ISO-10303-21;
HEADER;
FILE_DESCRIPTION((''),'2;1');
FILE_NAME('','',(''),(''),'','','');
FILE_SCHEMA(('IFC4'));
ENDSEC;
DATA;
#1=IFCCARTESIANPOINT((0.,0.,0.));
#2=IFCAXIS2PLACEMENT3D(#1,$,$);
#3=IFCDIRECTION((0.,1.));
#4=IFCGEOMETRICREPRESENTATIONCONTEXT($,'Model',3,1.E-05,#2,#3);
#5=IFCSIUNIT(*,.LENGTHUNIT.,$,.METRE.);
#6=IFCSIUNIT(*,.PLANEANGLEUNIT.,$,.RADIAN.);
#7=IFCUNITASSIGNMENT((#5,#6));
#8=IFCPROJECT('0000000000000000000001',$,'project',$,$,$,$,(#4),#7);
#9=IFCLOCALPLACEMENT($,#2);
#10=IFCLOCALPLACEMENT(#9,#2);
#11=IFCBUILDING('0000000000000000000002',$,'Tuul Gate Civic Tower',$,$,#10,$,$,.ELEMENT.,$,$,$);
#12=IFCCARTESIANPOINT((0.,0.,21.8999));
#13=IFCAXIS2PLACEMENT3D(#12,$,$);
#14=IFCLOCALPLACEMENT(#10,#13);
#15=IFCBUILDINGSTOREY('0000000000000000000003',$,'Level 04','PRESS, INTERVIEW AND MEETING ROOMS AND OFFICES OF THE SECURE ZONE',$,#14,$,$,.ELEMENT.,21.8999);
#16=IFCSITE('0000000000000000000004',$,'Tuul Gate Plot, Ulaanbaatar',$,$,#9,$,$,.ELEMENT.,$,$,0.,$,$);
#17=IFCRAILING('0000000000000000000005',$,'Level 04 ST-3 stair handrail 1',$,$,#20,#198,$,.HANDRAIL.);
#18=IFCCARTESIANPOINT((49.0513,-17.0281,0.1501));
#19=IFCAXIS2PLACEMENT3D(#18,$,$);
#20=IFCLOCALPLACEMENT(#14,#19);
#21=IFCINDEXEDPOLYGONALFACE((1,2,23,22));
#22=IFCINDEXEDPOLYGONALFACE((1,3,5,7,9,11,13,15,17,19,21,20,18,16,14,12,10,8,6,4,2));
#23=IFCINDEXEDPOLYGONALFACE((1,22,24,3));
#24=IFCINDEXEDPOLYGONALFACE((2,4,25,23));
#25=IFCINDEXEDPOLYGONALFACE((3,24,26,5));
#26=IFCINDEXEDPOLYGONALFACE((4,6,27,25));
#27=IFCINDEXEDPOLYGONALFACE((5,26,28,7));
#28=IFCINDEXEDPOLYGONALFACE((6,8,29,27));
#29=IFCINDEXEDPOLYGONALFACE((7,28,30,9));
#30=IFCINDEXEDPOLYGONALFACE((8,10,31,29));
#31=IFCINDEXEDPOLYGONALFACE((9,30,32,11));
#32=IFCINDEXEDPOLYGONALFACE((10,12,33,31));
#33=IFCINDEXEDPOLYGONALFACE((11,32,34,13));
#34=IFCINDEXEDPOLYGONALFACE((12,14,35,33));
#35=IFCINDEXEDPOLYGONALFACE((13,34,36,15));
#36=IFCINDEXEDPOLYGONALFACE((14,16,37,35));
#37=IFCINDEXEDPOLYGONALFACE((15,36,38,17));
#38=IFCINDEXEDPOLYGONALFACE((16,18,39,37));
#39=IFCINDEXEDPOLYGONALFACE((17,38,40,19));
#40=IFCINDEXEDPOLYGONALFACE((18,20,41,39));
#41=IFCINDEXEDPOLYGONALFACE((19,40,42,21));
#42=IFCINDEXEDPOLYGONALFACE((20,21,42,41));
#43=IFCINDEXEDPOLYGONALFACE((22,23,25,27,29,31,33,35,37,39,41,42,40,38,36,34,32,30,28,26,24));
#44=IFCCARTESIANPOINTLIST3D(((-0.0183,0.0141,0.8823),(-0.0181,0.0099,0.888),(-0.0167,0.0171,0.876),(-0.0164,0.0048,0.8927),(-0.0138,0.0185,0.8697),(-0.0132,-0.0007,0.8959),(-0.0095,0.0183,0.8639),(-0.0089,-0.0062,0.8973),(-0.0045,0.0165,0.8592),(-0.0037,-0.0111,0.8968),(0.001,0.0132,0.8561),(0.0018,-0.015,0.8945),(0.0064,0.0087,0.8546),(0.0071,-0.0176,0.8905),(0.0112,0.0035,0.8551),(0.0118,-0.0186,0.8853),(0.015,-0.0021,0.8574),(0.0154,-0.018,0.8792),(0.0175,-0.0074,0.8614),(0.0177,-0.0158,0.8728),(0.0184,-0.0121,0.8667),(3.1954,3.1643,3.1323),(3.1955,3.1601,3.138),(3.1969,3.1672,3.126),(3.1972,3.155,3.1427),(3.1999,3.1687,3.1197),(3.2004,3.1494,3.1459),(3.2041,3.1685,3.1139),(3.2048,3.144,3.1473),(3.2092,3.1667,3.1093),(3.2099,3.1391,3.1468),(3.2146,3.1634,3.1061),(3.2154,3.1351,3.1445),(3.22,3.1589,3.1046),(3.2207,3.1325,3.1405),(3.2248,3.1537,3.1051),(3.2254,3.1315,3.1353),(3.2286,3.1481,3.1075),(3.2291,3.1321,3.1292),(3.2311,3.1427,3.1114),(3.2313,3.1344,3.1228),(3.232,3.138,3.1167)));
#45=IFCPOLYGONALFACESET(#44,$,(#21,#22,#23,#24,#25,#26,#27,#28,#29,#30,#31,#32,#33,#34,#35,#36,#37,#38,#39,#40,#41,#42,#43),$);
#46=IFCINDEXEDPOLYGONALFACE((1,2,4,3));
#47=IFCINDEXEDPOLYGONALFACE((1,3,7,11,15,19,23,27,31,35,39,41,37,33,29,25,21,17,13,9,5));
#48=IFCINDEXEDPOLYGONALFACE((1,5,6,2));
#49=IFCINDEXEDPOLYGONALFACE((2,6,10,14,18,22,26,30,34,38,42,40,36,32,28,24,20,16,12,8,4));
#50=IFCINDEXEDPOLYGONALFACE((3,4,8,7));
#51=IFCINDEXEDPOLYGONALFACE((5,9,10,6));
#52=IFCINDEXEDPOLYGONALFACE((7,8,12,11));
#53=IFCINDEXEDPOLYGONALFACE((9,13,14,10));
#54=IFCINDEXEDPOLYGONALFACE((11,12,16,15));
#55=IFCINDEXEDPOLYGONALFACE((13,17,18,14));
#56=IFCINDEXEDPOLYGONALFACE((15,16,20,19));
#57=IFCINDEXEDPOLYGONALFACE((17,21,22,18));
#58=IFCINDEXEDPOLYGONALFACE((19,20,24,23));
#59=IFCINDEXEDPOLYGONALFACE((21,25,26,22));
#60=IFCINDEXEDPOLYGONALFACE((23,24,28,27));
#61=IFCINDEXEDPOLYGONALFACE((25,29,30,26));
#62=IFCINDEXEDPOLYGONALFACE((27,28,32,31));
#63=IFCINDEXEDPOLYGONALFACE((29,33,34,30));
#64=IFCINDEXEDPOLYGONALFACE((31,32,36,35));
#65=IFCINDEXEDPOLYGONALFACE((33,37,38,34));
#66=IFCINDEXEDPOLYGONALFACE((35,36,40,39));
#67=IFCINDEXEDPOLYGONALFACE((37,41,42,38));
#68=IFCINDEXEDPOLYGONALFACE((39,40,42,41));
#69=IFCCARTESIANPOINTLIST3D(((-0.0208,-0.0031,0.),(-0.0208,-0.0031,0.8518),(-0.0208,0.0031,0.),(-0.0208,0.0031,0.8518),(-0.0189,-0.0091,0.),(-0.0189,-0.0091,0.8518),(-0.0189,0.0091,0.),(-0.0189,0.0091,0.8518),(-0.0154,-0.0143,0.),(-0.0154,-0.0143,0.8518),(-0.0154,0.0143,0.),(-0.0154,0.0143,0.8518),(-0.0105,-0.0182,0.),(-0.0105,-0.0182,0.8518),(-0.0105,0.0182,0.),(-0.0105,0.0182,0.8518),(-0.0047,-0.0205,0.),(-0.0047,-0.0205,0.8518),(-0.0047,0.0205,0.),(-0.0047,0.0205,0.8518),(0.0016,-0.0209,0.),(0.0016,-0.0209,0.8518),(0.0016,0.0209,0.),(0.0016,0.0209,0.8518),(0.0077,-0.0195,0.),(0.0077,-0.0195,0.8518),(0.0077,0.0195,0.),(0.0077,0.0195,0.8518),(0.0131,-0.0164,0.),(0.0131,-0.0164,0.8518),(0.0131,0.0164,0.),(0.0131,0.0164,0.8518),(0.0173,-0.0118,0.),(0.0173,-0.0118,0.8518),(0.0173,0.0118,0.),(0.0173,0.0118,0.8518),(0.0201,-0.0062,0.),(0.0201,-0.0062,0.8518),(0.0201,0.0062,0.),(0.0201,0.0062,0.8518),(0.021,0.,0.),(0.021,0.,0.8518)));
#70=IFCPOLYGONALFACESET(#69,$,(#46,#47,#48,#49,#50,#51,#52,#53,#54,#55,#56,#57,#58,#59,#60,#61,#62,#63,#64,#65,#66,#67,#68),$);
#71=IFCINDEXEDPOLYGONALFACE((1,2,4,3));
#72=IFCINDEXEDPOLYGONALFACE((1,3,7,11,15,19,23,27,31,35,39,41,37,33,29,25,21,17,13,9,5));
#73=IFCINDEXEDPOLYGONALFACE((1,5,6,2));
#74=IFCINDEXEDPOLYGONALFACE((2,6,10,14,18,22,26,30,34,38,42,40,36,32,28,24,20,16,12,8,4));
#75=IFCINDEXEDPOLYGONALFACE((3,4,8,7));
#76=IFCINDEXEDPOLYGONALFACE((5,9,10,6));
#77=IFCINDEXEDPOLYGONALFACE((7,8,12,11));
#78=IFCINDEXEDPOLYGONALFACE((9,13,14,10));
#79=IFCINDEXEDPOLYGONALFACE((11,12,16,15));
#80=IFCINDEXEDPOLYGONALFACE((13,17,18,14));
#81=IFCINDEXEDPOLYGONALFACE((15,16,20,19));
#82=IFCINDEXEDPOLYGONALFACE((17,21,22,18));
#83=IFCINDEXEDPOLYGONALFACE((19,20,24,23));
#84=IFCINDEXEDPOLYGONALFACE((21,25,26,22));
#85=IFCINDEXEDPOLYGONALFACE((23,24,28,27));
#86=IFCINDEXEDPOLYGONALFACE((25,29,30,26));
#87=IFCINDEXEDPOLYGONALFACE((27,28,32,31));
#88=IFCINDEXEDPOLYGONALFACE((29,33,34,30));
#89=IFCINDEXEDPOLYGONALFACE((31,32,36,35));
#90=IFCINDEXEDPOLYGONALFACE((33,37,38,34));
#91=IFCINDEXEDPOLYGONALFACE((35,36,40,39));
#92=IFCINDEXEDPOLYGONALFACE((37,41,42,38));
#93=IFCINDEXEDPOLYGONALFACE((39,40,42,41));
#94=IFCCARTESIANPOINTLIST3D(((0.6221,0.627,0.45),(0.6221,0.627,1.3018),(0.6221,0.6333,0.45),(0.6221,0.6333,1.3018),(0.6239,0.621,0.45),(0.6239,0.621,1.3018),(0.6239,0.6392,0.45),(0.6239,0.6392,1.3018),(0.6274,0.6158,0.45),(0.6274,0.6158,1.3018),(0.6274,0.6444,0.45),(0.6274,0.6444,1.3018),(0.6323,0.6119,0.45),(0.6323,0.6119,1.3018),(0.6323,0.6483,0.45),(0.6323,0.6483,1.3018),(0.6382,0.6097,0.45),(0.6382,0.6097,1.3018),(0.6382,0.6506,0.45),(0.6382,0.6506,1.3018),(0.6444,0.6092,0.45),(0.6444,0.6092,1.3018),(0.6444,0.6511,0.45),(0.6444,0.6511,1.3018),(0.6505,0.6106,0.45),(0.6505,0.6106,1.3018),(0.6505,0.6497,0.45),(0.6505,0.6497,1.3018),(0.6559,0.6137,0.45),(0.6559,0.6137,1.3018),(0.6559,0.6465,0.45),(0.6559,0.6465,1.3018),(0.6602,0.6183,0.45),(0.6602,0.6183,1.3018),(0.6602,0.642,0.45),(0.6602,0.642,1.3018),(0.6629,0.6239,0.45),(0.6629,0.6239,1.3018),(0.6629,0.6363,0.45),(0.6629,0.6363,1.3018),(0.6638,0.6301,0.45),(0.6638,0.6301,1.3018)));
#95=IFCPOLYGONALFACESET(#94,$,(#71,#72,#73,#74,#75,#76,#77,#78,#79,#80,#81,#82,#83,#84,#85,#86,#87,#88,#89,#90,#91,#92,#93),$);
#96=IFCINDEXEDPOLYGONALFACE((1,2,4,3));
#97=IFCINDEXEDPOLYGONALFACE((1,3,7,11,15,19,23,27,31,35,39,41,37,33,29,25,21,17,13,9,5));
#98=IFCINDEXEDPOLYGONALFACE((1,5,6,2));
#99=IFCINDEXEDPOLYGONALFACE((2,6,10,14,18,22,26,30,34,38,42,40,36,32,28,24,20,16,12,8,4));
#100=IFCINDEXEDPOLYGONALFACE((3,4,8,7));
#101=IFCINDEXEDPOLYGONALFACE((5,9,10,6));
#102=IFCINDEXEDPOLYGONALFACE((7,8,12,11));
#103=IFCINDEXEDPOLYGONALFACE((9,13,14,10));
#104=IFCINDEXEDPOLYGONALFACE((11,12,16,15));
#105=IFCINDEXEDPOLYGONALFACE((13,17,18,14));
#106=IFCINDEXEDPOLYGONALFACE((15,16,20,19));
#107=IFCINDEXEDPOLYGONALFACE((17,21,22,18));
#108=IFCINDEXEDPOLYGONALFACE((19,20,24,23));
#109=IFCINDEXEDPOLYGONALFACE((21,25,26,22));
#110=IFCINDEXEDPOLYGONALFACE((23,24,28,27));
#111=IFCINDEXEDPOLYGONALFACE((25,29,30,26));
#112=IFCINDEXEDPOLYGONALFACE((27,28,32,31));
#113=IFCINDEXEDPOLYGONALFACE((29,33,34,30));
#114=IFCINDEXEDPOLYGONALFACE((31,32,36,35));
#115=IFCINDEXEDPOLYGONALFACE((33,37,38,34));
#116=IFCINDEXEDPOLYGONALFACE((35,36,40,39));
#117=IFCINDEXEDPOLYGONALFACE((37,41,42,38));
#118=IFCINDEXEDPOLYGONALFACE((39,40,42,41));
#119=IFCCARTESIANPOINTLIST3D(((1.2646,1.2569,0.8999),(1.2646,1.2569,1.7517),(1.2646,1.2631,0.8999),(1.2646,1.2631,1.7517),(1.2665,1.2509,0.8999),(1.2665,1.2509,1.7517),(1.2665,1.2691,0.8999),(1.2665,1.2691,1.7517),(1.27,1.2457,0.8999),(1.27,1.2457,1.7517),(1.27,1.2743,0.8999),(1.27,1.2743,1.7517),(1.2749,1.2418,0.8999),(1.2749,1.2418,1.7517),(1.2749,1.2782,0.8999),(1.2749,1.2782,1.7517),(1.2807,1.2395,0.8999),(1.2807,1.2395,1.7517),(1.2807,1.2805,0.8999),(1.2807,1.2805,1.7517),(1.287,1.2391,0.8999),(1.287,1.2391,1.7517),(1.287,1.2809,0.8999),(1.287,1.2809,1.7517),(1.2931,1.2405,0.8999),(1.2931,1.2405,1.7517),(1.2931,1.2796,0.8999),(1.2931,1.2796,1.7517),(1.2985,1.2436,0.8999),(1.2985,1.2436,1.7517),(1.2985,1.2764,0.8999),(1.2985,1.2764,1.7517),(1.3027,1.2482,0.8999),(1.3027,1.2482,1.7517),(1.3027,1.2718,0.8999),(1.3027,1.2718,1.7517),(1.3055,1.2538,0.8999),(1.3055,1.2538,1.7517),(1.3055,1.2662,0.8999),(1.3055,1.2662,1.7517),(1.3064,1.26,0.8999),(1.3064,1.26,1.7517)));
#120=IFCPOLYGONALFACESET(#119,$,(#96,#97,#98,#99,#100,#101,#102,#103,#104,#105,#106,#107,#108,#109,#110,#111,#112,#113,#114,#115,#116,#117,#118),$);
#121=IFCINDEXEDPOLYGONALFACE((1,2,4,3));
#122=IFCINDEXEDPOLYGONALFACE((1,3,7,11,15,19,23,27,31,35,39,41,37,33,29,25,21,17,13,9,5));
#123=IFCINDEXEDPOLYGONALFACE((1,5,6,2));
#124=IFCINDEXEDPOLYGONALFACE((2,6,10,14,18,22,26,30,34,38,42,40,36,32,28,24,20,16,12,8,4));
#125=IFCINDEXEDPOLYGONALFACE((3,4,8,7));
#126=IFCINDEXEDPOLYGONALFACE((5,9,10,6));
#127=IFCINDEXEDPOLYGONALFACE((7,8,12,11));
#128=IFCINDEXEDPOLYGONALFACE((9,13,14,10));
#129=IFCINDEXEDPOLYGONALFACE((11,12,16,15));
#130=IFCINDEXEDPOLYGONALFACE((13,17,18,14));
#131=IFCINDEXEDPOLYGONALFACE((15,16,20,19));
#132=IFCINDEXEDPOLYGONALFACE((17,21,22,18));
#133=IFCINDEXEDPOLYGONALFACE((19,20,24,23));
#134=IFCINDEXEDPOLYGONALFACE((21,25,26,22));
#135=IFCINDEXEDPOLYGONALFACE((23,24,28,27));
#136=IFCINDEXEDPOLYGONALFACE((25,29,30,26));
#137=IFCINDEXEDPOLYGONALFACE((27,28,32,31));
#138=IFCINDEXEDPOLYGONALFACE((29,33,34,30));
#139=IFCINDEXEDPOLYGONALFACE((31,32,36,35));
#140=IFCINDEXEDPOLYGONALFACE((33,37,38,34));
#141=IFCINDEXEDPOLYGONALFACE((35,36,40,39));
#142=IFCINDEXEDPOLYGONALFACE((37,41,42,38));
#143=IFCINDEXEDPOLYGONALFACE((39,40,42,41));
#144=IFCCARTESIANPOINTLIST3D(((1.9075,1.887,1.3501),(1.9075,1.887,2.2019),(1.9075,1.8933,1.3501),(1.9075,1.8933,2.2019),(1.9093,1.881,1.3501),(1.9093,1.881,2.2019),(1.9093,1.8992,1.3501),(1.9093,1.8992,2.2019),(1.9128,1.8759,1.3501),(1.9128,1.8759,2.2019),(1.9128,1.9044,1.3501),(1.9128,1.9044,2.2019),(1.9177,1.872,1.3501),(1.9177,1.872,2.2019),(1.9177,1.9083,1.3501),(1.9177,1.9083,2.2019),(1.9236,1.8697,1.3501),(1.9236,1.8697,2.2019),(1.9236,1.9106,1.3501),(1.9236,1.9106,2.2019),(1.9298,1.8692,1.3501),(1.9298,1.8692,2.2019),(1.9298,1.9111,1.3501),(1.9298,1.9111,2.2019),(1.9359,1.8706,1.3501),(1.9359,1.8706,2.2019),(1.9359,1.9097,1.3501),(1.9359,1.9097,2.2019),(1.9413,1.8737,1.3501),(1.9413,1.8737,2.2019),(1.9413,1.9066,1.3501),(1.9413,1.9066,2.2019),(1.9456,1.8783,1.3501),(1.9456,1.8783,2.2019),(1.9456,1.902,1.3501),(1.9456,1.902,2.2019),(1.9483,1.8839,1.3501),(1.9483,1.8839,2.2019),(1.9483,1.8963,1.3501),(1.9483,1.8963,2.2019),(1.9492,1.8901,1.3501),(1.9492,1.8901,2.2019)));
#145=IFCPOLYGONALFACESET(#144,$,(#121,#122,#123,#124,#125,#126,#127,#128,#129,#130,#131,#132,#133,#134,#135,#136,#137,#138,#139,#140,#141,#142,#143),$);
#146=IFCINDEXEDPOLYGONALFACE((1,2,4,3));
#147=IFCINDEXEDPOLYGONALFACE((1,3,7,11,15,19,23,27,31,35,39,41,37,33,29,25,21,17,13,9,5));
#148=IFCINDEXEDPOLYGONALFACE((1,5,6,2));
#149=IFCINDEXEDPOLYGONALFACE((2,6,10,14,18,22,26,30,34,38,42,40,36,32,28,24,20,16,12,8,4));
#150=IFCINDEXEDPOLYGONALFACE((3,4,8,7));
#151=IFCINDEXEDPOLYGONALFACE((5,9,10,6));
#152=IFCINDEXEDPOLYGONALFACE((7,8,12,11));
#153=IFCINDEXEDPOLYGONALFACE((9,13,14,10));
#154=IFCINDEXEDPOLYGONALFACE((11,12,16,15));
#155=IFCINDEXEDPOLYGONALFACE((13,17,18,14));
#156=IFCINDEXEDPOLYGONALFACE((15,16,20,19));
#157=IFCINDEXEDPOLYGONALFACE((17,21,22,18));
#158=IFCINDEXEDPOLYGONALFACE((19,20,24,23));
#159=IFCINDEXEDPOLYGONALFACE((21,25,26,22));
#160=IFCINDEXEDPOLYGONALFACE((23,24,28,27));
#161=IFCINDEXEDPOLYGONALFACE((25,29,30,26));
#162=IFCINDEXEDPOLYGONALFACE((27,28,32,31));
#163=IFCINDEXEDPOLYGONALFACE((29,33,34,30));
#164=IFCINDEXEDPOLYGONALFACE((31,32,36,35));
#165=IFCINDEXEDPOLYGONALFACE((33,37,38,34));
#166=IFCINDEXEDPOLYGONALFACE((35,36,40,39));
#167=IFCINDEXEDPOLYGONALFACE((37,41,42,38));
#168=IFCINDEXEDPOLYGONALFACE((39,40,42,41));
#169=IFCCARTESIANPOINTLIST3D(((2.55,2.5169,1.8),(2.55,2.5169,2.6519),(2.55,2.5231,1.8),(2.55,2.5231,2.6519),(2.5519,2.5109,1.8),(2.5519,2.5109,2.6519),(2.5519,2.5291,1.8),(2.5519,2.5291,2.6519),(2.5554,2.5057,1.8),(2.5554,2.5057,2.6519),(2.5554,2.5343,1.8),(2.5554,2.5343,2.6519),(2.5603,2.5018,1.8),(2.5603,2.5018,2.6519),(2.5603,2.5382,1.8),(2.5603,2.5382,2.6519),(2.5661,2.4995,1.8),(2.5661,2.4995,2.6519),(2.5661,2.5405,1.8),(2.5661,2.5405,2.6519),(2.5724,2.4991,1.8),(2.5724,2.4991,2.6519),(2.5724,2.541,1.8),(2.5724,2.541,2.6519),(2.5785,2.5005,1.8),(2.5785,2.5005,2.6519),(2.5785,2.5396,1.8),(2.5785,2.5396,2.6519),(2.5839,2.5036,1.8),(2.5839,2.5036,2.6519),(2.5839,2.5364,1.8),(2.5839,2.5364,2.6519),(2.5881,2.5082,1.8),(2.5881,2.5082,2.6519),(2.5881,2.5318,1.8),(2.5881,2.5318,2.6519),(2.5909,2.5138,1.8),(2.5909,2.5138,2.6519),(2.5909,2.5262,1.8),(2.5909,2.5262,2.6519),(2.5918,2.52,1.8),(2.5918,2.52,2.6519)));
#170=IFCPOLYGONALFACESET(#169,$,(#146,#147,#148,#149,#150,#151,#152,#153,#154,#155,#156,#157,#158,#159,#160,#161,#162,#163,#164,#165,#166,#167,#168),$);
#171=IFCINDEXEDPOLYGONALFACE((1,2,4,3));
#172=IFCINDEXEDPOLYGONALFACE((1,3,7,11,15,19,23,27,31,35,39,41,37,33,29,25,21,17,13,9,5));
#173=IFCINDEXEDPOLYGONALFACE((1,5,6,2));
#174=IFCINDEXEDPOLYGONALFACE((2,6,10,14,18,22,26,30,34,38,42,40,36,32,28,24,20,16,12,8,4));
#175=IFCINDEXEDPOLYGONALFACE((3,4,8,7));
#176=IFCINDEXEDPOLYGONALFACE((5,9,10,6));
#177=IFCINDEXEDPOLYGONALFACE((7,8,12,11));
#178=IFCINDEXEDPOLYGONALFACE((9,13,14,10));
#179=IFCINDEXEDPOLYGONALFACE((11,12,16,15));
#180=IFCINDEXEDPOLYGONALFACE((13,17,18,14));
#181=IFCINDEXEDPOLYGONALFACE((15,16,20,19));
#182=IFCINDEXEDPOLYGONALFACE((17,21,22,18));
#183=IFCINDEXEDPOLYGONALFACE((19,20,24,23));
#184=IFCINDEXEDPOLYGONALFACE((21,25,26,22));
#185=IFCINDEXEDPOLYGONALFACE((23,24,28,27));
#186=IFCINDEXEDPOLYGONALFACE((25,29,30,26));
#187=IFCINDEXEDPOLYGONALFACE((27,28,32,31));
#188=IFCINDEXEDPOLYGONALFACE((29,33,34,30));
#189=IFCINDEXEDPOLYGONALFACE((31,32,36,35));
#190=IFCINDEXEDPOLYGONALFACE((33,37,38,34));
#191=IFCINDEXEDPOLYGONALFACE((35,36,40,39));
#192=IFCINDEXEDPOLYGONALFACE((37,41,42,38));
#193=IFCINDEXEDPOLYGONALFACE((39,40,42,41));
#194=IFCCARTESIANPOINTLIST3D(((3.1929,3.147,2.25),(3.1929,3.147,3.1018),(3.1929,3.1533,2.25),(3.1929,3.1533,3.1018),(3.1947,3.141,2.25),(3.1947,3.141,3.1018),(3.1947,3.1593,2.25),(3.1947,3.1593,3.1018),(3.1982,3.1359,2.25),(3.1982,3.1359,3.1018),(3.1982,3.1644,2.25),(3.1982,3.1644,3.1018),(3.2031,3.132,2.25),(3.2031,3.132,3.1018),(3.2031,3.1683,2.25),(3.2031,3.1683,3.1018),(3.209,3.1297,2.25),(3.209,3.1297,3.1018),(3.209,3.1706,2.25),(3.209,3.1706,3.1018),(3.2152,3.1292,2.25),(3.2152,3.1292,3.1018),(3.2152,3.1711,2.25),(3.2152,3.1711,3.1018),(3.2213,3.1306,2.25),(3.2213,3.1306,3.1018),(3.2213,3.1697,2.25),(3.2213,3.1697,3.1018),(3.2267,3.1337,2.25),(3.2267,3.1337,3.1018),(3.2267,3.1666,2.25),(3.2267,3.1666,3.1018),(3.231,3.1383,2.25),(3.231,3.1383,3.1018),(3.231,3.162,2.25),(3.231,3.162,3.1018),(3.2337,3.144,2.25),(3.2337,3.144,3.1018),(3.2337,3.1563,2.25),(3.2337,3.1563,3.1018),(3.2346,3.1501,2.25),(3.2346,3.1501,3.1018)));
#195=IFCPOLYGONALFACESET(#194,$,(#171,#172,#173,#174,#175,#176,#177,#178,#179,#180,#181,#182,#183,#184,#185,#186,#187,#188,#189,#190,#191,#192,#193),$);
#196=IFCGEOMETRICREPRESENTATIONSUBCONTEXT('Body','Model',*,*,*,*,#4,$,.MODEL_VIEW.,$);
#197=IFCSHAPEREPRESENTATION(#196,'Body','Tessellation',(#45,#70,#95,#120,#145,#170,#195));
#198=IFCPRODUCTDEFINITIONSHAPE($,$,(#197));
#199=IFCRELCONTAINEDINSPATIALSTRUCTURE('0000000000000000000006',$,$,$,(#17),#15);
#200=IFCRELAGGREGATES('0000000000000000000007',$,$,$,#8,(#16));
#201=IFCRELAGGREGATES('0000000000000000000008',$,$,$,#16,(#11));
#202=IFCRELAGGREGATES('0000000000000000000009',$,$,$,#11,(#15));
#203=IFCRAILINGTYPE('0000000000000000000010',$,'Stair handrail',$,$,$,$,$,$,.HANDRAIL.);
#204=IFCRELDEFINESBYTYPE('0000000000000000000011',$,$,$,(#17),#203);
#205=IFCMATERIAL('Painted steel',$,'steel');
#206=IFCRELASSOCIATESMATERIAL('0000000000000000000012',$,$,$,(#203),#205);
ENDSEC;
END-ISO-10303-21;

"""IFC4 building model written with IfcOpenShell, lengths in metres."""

from ifc_helpers import new_model, si_unit, direction, frame, origin, origin_2d, place, context, subcontext, project, spatial, circle, extrude, material, type_object, element, save


model = new_model("IFC4")

# Units and contexts
model_context = context("Model", 3, precision=1e-05, world=origin(), true_north=direction((0.0, 1.0)))
body_context = subcontext(model_context, "Body", "Model", "MODEL_VIEW")
ifc_project = project(units=[si_unit("LENGTHUNIT", "METRE"), si_unit("PLANEANGLEUNIT", "RADIAN")], contexts=[model_context])

# Site, building, storey
site_placement = place(None, origin())
site = spatial("IfcSite", under=ifc_project, at=site_placement, Name="Tuul Gate Plot, Ulaanbaatar", CompositionType="ELEMENT", RefElevation=0.0)
building_placement = place(site_placement, origin())
building = spatial("IfcBuilding", under=site, at=building_placement, Name="Tuul Gate Civic Tower", CompositionType="ELEMENT")
storey_placement = place(building_placement, frame((0.0, 0.0, 21.8999)))
storey = spatial("IfcBuildingStorey", under=building, at=storey_placement, Name="Level 04", Description="PRESS, INTERVIEW AND MEETING ROOMS AND OFFICES OF THE SECURE ZONE", CompositionType="ELEMENT", Elevation=21.8999)

# Railing
ifc_material_1 = material(Name="Painted steel", Category="steel")
railing_type_1 = type_object("IfcRailingType", Name="Stair handrail", PredefinedType="HANDRAIL", material=ifc_material_1)
railing_1_placement = place(storey_placement, frame((49.0513, -17.0281, 0.1501)))
element("IfcRailing", 1, at=railing_1_placement, inside=storey, type_object=railing_type_1, Name="Level 04 ST-3 stair handrail 1", PredefinedType="HANDRAIL", context=body_context, shape_type="SweptSolid", body=[
    extrude(circle(Radius=0.0239, at=origin_2d()), frame((0.0, 0.0, 0.876), z_axis=(0.638735, 0.626118, 0.447207), x_axis=(-0.700019, 0.714124, 0.0)), (0.0, 0.0, 1.0), 5.0312),
    extrude(circle(Radius=0.021, at=origin_2d()), origin(), (0.0, 0.0, 1.0), 0.8518),
    extrude(circle(Radius=0.021, at=origin_2d()), frame((0.6428, 0.6301, 0.45)), (0.0, 0.0, 1.0), 0.8518),
    extrude(circle(Radius=0.021, at=origin_2d()), frame((1.2854, 1.26, 0.8999)), (0.0, 0.0, 1.0), 0.8518),
    extrude(circle(Radius=0.021, at=origin_2d()), frame((1.9282, 1.8901, 1.3501)), (0.0, 0.0, 1.0), 0.8518),
    extrude(circle(Radius=0.021, at=origin_2d()), frame((2.5708, 2.52, 1.8)), (0.0, 0.0, 1.0), 0.8518),
    extrude(circle(Radius=0.021, at=origin_2d()), frame((3.2136, 3.1501, 2.25)), (0.0, 0.0, 1.0), 0.8518),
])

save(model, "model.ifc")
